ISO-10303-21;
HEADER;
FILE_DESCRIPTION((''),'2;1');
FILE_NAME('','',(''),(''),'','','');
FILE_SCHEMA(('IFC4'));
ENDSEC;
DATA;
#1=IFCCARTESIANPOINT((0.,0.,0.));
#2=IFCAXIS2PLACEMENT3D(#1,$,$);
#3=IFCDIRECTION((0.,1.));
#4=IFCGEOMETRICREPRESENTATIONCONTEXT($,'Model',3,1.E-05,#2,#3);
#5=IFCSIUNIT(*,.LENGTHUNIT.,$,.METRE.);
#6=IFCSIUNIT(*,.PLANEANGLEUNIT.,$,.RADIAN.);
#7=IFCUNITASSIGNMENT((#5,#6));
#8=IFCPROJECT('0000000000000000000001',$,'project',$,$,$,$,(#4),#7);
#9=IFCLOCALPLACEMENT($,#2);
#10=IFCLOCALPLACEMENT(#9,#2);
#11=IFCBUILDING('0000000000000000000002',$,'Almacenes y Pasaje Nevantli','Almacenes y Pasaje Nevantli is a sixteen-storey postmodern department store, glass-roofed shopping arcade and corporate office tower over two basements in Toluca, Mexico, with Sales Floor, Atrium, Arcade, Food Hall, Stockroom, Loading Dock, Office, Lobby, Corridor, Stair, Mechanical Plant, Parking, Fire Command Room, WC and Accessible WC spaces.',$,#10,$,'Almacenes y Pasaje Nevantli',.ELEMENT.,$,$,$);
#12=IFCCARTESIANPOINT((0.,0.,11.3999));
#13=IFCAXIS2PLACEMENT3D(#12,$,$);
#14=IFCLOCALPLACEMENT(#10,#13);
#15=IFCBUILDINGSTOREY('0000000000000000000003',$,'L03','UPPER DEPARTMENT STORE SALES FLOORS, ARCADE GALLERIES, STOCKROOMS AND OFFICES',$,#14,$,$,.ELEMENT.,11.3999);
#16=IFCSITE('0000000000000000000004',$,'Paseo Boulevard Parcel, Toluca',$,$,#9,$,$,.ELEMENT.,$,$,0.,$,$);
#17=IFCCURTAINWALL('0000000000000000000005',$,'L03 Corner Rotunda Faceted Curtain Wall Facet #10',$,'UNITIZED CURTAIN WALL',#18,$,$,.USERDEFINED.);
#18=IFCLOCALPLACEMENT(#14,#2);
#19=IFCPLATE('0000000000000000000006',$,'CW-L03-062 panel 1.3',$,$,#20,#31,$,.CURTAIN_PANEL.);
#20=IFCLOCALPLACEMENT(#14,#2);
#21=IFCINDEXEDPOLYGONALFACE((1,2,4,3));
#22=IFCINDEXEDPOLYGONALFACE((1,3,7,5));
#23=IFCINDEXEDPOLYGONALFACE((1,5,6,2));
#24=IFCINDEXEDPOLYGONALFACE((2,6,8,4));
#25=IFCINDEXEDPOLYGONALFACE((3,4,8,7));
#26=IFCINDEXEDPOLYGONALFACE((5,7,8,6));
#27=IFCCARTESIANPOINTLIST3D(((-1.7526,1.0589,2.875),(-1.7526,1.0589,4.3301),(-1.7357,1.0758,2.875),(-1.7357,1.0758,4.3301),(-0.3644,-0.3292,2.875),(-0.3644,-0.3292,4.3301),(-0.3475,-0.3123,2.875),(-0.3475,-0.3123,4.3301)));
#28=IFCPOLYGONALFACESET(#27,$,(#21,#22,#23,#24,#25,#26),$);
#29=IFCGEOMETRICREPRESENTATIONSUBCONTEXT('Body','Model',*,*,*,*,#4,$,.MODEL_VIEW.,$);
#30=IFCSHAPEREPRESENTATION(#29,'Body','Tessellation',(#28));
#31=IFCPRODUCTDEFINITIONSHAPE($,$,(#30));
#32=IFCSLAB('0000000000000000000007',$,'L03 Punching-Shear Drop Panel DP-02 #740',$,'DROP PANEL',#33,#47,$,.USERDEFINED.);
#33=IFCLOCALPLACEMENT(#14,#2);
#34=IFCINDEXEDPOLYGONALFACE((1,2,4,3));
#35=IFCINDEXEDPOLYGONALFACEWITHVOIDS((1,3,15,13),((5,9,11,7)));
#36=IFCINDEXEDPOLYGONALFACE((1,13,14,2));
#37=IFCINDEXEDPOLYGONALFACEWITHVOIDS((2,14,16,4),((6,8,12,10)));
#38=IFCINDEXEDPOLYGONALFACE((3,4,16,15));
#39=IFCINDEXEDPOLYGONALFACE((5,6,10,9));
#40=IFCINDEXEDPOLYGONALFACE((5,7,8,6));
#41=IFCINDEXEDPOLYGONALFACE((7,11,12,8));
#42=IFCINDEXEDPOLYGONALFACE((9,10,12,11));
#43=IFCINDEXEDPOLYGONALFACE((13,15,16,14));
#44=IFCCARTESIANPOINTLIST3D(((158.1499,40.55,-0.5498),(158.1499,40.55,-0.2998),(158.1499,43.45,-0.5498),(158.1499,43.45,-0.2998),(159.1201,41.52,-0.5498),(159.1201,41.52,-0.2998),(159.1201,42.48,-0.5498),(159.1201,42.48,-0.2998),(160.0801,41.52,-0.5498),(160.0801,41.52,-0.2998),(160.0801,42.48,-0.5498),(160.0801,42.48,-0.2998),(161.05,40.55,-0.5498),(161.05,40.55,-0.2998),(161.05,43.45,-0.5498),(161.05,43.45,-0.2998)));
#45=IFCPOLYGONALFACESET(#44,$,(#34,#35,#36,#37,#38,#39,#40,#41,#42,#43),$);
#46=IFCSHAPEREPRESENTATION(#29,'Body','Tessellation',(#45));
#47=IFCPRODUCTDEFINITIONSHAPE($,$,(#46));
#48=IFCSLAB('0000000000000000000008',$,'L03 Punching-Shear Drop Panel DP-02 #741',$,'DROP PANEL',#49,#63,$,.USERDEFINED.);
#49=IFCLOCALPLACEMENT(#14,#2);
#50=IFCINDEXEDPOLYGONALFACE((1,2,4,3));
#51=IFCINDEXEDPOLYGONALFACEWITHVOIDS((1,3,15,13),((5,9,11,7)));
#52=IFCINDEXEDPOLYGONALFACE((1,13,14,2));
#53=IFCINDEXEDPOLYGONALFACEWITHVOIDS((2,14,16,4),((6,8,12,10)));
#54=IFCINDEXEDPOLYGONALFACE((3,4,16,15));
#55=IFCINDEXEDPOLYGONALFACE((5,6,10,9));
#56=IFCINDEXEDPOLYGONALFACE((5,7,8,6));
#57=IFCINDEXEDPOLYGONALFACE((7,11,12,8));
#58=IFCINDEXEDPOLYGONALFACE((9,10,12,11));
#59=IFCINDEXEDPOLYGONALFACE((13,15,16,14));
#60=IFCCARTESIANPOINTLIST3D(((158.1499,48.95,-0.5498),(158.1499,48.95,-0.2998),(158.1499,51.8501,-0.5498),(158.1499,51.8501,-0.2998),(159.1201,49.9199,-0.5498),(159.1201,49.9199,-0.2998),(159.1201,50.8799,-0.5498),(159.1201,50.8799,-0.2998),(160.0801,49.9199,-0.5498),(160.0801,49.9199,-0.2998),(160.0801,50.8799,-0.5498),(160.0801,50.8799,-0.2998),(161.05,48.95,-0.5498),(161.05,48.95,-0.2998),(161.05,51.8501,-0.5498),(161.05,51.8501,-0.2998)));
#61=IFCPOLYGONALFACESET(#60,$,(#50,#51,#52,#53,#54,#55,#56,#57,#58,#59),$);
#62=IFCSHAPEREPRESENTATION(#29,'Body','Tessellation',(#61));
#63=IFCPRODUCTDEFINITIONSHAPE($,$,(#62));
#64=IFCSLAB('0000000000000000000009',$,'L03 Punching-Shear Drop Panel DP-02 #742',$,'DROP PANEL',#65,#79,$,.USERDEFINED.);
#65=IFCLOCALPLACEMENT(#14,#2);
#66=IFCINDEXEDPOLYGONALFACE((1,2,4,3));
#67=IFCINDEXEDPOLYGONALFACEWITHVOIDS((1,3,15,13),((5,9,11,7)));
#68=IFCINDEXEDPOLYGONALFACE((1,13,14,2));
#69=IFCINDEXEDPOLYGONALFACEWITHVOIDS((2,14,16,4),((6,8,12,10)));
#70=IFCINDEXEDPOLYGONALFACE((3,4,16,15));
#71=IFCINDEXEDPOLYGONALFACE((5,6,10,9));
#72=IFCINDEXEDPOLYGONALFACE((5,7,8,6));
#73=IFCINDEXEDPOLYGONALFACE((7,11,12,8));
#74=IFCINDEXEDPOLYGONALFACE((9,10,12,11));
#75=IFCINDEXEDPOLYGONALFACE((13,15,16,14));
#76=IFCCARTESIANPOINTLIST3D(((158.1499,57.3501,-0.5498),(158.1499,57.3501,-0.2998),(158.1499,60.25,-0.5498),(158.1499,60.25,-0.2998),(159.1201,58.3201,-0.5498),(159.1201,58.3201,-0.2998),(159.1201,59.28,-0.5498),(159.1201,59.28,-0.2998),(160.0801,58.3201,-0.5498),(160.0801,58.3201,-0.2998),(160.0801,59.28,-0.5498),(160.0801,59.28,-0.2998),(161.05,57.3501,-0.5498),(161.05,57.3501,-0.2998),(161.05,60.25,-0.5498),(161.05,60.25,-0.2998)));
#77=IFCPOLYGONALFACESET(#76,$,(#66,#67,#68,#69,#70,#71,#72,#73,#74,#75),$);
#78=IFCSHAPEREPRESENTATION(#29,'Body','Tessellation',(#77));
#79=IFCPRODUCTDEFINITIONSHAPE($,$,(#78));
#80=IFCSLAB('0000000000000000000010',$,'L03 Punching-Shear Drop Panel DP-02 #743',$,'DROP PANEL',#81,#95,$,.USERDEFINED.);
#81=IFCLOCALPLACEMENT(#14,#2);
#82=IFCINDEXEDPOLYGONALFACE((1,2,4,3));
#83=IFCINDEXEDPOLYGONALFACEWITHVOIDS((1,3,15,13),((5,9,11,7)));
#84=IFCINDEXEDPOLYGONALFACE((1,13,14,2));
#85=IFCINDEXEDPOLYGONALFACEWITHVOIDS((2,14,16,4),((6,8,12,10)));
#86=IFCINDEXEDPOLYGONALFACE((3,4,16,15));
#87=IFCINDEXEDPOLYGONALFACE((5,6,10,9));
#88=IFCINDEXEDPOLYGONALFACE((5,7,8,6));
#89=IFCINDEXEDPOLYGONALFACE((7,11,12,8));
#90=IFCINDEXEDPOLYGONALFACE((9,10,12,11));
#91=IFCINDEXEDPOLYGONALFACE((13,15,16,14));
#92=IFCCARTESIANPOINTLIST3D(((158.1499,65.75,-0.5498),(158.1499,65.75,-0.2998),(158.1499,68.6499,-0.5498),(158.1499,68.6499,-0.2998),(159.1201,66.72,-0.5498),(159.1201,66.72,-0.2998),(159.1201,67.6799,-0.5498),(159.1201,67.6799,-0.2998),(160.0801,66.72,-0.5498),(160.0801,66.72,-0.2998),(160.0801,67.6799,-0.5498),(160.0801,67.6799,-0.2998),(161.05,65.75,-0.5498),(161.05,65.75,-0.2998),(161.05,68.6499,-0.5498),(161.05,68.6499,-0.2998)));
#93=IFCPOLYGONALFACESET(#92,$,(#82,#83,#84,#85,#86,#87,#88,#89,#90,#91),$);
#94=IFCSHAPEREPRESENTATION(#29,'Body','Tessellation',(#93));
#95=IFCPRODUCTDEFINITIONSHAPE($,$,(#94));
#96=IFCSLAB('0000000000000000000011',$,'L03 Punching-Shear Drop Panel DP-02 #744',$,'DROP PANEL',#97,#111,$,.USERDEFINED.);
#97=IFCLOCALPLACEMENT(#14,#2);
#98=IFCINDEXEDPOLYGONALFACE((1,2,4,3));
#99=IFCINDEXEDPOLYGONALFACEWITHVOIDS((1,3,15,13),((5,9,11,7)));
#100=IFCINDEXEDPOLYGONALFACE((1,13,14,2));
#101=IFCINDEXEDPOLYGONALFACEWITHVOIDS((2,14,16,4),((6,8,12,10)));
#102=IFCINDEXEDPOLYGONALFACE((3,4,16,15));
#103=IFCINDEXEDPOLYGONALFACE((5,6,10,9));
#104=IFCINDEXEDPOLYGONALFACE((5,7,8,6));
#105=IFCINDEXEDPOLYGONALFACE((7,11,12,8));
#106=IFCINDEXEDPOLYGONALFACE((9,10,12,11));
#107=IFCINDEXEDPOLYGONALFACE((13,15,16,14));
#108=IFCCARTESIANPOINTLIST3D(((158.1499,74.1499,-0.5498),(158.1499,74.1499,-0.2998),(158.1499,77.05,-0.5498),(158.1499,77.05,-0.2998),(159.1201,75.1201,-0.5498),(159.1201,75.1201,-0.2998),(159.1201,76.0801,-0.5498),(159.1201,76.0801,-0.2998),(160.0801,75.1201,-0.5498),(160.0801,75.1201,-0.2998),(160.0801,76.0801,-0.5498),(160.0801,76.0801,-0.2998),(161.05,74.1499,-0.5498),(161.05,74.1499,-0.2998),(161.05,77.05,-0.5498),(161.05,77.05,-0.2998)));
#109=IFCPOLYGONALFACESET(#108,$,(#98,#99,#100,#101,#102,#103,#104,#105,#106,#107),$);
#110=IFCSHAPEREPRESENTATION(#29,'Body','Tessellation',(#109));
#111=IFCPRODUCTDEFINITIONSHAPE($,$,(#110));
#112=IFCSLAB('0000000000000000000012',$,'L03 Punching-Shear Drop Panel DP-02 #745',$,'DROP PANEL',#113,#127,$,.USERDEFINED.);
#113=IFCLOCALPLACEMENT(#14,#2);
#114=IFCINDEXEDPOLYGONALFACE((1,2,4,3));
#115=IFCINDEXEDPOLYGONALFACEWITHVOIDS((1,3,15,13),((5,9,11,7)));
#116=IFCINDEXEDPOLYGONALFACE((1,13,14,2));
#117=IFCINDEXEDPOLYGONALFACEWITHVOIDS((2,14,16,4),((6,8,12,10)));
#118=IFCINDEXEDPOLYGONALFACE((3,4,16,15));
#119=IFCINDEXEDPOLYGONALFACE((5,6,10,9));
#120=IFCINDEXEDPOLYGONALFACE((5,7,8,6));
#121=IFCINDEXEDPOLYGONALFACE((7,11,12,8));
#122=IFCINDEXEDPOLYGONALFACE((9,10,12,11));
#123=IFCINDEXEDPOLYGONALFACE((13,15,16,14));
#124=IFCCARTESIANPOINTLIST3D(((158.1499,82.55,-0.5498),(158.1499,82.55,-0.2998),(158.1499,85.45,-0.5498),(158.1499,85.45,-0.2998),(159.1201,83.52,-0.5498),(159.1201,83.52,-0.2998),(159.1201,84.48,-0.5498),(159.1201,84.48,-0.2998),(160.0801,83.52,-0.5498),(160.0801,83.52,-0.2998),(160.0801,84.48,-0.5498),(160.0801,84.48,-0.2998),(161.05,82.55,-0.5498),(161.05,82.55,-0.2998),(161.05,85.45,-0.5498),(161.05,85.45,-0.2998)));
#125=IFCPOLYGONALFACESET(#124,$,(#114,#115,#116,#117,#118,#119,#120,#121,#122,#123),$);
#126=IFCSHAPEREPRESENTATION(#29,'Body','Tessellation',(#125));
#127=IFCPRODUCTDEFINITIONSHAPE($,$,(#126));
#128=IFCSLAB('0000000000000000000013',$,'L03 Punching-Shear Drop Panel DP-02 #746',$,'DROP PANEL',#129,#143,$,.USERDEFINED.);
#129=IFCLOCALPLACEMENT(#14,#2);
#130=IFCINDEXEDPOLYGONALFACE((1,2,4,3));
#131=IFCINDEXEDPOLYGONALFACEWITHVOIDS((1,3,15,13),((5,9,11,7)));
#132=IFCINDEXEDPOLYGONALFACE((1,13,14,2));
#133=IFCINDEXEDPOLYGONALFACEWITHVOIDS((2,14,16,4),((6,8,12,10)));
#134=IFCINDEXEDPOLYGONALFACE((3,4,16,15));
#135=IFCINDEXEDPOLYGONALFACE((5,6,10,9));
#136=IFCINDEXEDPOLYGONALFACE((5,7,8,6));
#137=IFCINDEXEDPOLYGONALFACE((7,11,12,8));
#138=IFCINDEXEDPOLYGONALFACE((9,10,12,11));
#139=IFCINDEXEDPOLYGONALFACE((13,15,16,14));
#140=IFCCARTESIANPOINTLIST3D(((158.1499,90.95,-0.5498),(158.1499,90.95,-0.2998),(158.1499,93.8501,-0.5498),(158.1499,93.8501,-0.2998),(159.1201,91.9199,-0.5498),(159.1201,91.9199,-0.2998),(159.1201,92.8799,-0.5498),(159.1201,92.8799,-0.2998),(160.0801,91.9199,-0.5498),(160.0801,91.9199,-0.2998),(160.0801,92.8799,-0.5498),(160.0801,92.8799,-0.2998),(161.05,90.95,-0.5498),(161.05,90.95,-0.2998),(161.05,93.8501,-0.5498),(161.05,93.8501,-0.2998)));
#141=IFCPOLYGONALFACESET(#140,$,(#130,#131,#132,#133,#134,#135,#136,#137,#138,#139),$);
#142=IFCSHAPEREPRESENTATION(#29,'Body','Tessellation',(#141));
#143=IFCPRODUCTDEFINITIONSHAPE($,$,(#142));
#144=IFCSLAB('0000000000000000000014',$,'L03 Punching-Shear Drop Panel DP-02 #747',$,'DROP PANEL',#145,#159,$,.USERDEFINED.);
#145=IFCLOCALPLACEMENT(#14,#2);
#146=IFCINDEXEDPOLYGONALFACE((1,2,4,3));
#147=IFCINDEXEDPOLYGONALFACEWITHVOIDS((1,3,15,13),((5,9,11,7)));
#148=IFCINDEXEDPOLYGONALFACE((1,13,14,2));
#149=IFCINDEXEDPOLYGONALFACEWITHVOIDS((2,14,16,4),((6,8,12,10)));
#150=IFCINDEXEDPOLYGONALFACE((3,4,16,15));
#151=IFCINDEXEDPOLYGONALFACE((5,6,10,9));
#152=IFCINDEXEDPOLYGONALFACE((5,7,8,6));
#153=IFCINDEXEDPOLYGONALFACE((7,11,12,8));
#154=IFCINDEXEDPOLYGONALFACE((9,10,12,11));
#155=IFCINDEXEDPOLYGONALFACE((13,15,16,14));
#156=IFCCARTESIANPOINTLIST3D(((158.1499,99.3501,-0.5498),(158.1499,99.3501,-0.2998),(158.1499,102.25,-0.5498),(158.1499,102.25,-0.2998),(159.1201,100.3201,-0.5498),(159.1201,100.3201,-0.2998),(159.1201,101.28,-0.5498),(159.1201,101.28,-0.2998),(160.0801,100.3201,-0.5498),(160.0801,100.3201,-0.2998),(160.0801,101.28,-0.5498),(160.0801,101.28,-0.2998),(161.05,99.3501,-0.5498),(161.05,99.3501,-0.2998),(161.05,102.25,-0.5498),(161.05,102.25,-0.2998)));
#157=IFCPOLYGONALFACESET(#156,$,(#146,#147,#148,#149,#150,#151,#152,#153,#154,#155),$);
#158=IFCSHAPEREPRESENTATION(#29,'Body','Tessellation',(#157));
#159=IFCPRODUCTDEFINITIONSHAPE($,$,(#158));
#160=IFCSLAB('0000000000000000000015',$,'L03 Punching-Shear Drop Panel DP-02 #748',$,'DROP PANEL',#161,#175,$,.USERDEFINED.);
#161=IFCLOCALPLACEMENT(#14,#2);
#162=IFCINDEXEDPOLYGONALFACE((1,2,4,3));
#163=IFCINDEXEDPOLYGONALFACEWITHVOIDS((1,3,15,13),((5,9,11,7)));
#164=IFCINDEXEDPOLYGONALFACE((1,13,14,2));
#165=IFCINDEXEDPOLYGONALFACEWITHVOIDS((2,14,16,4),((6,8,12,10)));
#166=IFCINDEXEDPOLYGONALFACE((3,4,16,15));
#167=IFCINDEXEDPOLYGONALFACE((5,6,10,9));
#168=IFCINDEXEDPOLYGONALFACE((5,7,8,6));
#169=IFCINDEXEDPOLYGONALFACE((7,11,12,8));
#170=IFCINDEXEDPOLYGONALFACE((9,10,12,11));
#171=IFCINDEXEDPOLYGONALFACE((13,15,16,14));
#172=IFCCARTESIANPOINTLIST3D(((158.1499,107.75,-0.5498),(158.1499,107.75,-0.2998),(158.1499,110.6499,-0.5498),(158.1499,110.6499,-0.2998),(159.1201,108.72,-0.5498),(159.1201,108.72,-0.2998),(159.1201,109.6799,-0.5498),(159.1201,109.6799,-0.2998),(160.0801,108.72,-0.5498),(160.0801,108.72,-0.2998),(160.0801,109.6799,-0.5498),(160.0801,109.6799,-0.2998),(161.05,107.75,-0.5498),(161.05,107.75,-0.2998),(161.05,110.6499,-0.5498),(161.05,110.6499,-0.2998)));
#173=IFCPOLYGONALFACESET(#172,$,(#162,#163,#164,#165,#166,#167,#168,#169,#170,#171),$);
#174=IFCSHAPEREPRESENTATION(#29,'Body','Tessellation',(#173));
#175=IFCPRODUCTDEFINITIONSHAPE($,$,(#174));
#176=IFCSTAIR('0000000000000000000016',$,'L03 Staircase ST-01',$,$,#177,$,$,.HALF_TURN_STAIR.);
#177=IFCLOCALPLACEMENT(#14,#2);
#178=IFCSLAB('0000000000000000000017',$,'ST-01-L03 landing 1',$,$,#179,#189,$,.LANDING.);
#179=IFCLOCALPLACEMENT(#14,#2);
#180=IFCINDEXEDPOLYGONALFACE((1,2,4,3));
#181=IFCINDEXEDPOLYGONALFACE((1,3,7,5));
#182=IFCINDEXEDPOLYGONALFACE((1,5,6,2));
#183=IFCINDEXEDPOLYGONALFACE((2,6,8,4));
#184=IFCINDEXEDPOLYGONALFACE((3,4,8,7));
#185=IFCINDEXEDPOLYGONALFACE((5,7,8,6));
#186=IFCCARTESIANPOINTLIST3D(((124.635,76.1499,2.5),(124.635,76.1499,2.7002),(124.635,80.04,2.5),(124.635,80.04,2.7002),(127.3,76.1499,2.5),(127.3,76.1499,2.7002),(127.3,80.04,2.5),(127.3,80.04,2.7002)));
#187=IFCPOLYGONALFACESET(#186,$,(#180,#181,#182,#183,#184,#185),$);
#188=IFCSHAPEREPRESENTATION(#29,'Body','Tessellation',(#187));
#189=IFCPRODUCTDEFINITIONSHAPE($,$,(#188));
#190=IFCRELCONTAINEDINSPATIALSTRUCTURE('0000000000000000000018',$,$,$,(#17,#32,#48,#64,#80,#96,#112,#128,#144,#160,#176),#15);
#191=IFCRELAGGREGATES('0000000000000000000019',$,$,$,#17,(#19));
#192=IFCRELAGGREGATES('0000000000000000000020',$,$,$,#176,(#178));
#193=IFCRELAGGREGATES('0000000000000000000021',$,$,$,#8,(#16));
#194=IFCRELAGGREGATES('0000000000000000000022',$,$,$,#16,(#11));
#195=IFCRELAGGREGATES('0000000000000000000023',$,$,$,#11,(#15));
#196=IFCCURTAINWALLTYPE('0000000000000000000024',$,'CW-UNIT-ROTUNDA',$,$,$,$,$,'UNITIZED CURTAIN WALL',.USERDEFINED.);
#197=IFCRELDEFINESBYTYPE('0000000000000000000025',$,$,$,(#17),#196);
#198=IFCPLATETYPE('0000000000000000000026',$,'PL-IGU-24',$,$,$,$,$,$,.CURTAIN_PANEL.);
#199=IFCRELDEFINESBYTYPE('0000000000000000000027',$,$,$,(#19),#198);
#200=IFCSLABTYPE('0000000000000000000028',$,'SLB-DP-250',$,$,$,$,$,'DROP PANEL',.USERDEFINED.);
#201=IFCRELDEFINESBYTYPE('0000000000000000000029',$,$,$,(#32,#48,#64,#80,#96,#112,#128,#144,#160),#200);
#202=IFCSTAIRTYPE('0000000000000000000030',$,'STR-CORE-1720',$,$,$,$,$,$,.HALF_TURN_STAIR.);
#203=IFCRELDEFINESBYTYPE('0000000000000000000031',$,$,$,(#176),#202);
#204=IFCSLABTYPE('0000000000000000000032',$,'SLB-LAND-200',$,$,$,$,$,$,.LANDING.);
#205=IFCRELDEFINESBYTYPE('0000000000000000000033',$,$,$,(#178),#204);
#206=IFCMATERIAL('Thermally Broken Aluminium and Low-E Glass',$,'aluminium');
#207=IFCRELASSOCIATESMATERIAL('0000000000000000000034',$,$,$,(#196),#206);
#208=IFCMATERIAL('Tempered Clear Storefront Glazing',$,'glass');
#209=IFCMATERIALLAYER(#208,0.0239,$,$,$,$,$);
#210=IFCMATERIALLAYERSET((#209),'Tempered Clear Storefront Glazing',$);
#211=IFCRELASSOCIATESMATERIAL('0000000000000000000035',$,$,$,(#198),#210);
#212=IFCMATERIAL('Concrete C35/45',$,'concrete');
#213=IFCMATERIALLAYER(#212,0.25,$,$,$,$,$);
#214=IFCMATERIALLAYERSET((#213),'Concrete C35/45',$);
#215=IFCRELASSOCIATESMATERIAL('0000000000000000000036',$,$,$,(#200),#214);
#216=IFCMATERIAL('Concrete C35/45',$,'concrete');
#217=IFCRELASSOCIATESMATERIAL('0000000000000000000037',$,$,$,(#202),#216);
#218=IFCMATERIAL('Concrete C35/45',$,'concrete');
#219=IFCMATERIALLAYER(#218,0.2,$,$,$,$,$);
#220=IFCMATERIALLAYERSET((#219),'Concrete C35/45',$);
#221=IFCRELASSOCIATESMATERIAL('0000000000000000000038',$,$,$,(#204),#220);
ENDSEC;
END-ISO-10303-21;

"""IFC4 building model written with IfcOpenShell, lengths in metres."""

from ifc_helpers import new_model, si_unit, direction, frame, origin, origin_2d, place, context, subcontext, project, spatial, polyline, rectangle, outline, extrude, material, layer, layer_set, type_object, element, aggregate, save


model = new_model("IFC4")

# Units and contexts
model_context = context("Model", 3, precision=1e-05, world=origin(), true_north=direction((0.0, 1.0)))
body_context = subcontext(model_context, "Body", "Model", "MODEL_VIEW")
ifc_project = project(units=[si_unit("LENGTHUNIT", "METRE"), si_unit("PLANEANGLEUNIT", "RADIAN")], contexts=[model_context])

# Site, building, storey
site_placement = place(None, origin())
site = spatial("IfcSite", under=ifc_project, at=site_placement, Name="Paseo Boulevard Parcel, Toluca", CompositionType="ELEMENT", RefElevation=0.0)
building_placement = place(site_placement, origin())
building = spatial("IfcBuilding", under=site, at=building_placement, Name="Almacenes y Pasaje Nevantli", Description="Almacenes y Pasaje Nevantli is a sixteen-storey postmodern department store, glass-roofed shopping arcade and corporate office tower over two basements in Toluca, Mexico, with Sales Floor, Atrium, Arcade, Food Hall, Stockroom, Loading Dock, Office, Lobby, Corridor, Stair, Mechanical Plant, Parking, Fire Command Room, WC and Accessible WC spaces.", LongName="Almacenes y Pasaje Nevantli", CompositionType="ELEMENT")
storey_placement = place(building_placement, frame((0.0, 0.0, 11.3999)))
storey = spatial("IfcBuildingStorey", under=building, at=storey_placement, Name="L03", Description="UPPER DEPARTMENT STORE SALES FLOORS, ARCADE GALLERIES, STOCKROOMS AND OFFICES", CompositionType="ELEMENT", Elevation=11.3999)

# Shared definitions
ifc_material_1 = material(Name="Thermally Broken Aluminium and Low-E Glass", Category="aluminium")
curtain_wall_type = type_object("IfcCurtainWallType", Name="CW-UNIT-ROTUNDA", ElementType="UNITIZED CURTAIN WALL", PredefinedType="USERDEFINED", material=ifc_material_1)

# Curtain wall, plate
curtain_wall_1_placement = place(storey_placement, origin())
curtain_wall_1 = element("IfcCurtainWall", 1, at=curtain_wall_1_placement, inside=storey, type_object=curtain_wall_type, Name="L03 Corner Rotunda Faceted Curtain Wall Facet #10", ObjectType="UNITIZED CURTAIN WALL", PredefinedType="USERDEFINED")
ifc_material_2 = material(Name="Tempered Clear Storefront Glazing", Category="glass")
ifc_layer_1 = layer(ifc_material_2, 0.0239)
ifc_layer_set_1 = layer_set([ifc_layer_1], Name="Tempered Clear Storefront Glazing")
plate_type = type_object("IfcPlateType", Name="PL-IGU-24", PredefinedType="CURTAIN_PANEL", material=ifc_layer_set_1)
plate_1_placement = place(storey_placement, frame((-1.05, 0.3733, 2.875), z_axis=(0.0, 0.0, 1.0), x_axis=(0.707107, -0.707107, 0.0)))
plate_1 = element("IfcPlate", 2, at=plate_1_placement, type_object=plate_type, Name="CW-L03-062 panel 1.3", PredefinedType="CURTAIN_PANEL", context=body_context, shape_type="SweptSolid", body=[
    extrude(rectangle(XDim=1.9631, YDim=0.0239, at=origin_2d()), origin(), (0.0, 0.0, 1.0), 1.4551),
])
aggregate(curtain_wall_1, [plate_1])

# Slabs
ifc_material_3 = material(Name="Concrete C35/45", Category="concrete")
ifc_layer_2 = layer(ifc_material_3, 0.25)
ifc_layer_set_2 = layer_set([ifc_layer_2], Name="Concrete C35/45")
slab_type_1 = type_object("IfcSlabType", Name="SLB-DP-250", ElementType="DROP PANEL", PredefinedType="USERDEFINED", material=ifc_layer_set_2)
slab_1_placement = place(storey_placement, frame((0.0, 0.0, -0.5498)))
element("IfcSlab", 3, at=slab_1_placement, inside=storey, type_object=slab_type_1, Name="L03 Punching-Shear Drop Panel DP-02 #740", ObjectType="DROP PANEL", PredefinedType="USERDEFINED", context=body_context, shape_type="SweptSolid", body=[
    extrude(outline(polyline([(158.1499, 40.55), (161.05, 40.55), (161.05, 43.45), (158.1499, 43.45), (158.1499, 40.55)]), holes=[polyline([(159.1201, 41.52), (160.0801, 41.52), (160.0801, 42.48), (159.1201, 42.48), (159.1201, 41.52)])]), origin(), (0.0, 0.0, 1.0), 0.25),
])
slab_2_placement = place(storey_placement, frame((0.0, 0.0, -0.5498)))
element("IfcSlab", 4, at=slab_2_placement, inside=storey, type_object=slab_type_1, Name="L03 Punching-Shear Drop Panel DP-02 #741", ObjectType="DROP PANEL", PredefinedType="USERDEFINED", context=body_context, shape_type="SweptSolid", body=[
    extrude(outline(polyline([(158.1499, 48.95), (161.05, 48.95), (161.05, 51.8501), (158.1499, 51.8501), (158.1499, 48.95)]), holes=[polyline([(159.1201, 49.9199), (160.0801, 49.9199), (160.0801, 50.8799), (159.1201, 50.8799), (159.1201, 49.9199)])]), origin(), (0.0, 0.0, 1.0), 0.25),
])
slab_3_placement = place(storey_placement, frame((0.0, 0.0, -0.5498)))
element("IfcSlab", 5, at=slab_3_placement, inside=storey, type_object=slab_type_1, Name="L03 Punching-Shear Drop Panel DP-02 #742", ObjectType="DROP PANEL", PredefinedType="USERDEFINED", context=body_context, shape_type="SweptSolid", body=[
    extrude(outline(polyline([(158.1499, 57.3501), (161.05, 57.3501), (161.05, 60.25), (158.1499, 60.25), (158.1499, 57.3501)]), holes=[polyline([(159.1201, 58.3201), (160.0801, 58.3201), (160.0801, 59.28), (159.1201, 59.28), (159.1201, 58.3201)])]), origin(), (0.0, 0.0, 1.0), 0.25),
])
slab_4_placement = place(storey_placement, frame((0.0, 0.0, -0.5498)))
element("IfcSlab", 6, at=slab_4_placement, inside=storey, type_object=slab_type_1, Name="L03 Punching-Shear Drop Panel DP-02 #743", ObjectType="DROP PANEL", PredefinedType="USERDEFINED", context=body_context, shape_type="SweptSolid", body=[
    extrude(outline(polyline([(158.1499, 65.75), (161.05, 65.75), (161.05, 68.6499), (158.1499, 68.6499), (158.1499, 65.75)]), holes=[polyline([(159.1201, 66.72), (160.0801, 66.72), (160.0801, 67.6799), (159.1201, 67.6799), (159.1201, 66.72)])]), origin(), (0.0, 0.0, 1.0), 0.25),
])
slab_5_placement = place(storey_placement, frame((0.0, 0.0, -0.5498)))
element("IfcSlab", 7, at=slab_5_placement, inside=storey, type_object=slab_type_1, Name="L03 Punching-Shear Drop Panel DP-02 #744", ObjectType="DROP PANEL", PredefinedType="USERDEFINED", context=body_context, shape_type="SweptSolid", body=[
    extrude(outline(polyline([(158.1499, 74.1499), (161.05, 74.1499), (161.05, 77.05), (158.1499, 77.05), (158.1499, 74.1499)]), holes=[polyline([(159.1201, 75.1201), (160.0801, 75.1201), (160.0801, 76.0801), (159.1201, 76.0801), (159.1201, 75.1201)])]), origin(), (0.0, 0.0, 1.0), 0.25),
])
slab_6_placement = place(storey_placement, frame((0.0, 0.0, -0.5498)))
element("IfcSlab", 8, at=slab_6_placement, inside=storey, type_object=slab_type_1, Name="L03 Punching-Shear Drop Panel DP-02 #745", ObjectType="DROP PANEL", PredefinedType="USERDEFINED", context=body_context, shape_type="SweptSolid", body=[
    extrude(outline(polyline([(158.1499, 82.55), (161.05, 82.55), (161.05, 85.45), (158.1499, 85.45), (158.1499, 82.55)]), holes=[polyline([(159.1201, 83.52), (160.0801, 83.52), (160.0801, 84.48), (159.1201, 84.48), (159.1201, 83.52)])]), origin(), (0.0, 0.0, 1.0), 0.25),
])
slab_7_placement = place(storey_placement, frame((0.0, 0.0, -0.5498)))
element("IfcSlab", 9, at=slab_7_placement, inside=storey, type_object=slab_type_1, Name="L03 Punching-Shear Drop Panel DP-02 #746", ObjectType="DROP PANEL", PredefinedType="USERDEFINED", context=body_context, shape_type="SweptSolid", body=[
    extrude(outline(polyline([(158.1499, 90.95), (161.05, 90.95), (161.05, 93.8501), (158.1499, 93.8501), (158.1499, 90.95)]), holes=[polyline([(159.1201, 91.9199), (160.0801, 91.9199), (160.0801, 92.8799), (159.1201, 92.8799), (159.1201, 91.9199)])]), origin(), (0.0, 0.0, 1.0), 0.25),
])
slab_8_placement = place(storey_placement, frame((0.0, 0.0, -0.5498)))
element("IfcSlab", 10, at=slab_8_placement, inside=storey, type_object=slab_type_1, Name="L03 Punching-Shear Drop Panel DP-02 #747", ObjectType="DROP PANEL", PredefinedType="USERDEFINED", context=body_context, shape_type="SweptSolid", body=[
    extrude(outline(polyline([(158.1499, 99.3501), (161.05, 99.3501), (161.05, 102.25), (158.1499, 102.25), (158.1499, 99.3501)]), holes=[polyline([(159.1201, 100.3201), (160.0801, 100.3201), (160.0801, 101.28), (159.1201, 101.28), (159.1201, 100.3201)])]), origin(), (0.0, 0.0, 1.0), 0.25),
])
slab_9_placement = place(storey_placement, frame((0.0, 0.0, -0.5498)))
element("IfcSlab", 11, at=slab_9_placement, inside=storey, type_object=slab_type_1, Name="L03 Punching-Shear Drop Panel DP-02 #748", ObjectType="DROP PANEL", PredefinedType="USERDEFINED", context=body_context, shape_type="SweptSolid", body=[
    extrude(outline(polyline([(158.1499, 107.75), (161.05, 107.75), (161.05, 110.6499), (158.1499, 110.6499), (158.1499, 107.75)]), holes=[polyline([(159.1201, 108.72), (160.0801, 108.72), (160.0801, 109.6799), (159.1201, 109.6799), (159.1201, 108.72)])]), origin(), (0.0, 0.0, 1.0), 0.25),
])

# Stair, slab
ifc_material_4 = material(Name="Concrete C35/45", Category="concrete")
stair_type_1 = type_object("IfcStairType", Name="STR-CORE-1720", PredefinedType="HALF_TURN_STAIR", material=ifc_material_4)
stair_1_placement = place(storey_placement, origin())
stair_1 = element("IfcStair", 12, at=stair_1_placement, inside=storey, type_object=stair_type_1, Name="L03 Staircase ST-01", PredefinedType="HALF_TURN_STAIR")
ifc_material_5 = material(Name="Concrete C35/45", Category="concrete")
ifc_layer_3 = layer(ifc_material_5, 0.2)
ifc_layer_set_3 = layer_set([ifc_layer_3], Name="Concrete C35/45")
slab_type_2 = type_object("IfcSlabType", Name="SLB-LAND-200", PredefinedType="LANDING", material=ifc_layer_set_3)
slab_10_placement = place(storey_placement, frame((0.0, 0.0, 2.5)))
slab_10 = element("IfcSlab", 13, at=slab_10_placement, type_object=slab_type_2, Name="ST-01-L03 landing 1", PredefinedType="LANDING", context=body_context, shape_type="SweptSolid", body=[
    extrude(outline(polyline([(124.635, 76.1499), (127.3, 76.1499), (127.3, 80.04), (124.635, 80.04), (124.635, 76.1499)])), origin(), (0.0, 0.0, 1.0), 0.2002),
])
aggregate(stair_1, [slab_10])

save(model, "model.ifc")
